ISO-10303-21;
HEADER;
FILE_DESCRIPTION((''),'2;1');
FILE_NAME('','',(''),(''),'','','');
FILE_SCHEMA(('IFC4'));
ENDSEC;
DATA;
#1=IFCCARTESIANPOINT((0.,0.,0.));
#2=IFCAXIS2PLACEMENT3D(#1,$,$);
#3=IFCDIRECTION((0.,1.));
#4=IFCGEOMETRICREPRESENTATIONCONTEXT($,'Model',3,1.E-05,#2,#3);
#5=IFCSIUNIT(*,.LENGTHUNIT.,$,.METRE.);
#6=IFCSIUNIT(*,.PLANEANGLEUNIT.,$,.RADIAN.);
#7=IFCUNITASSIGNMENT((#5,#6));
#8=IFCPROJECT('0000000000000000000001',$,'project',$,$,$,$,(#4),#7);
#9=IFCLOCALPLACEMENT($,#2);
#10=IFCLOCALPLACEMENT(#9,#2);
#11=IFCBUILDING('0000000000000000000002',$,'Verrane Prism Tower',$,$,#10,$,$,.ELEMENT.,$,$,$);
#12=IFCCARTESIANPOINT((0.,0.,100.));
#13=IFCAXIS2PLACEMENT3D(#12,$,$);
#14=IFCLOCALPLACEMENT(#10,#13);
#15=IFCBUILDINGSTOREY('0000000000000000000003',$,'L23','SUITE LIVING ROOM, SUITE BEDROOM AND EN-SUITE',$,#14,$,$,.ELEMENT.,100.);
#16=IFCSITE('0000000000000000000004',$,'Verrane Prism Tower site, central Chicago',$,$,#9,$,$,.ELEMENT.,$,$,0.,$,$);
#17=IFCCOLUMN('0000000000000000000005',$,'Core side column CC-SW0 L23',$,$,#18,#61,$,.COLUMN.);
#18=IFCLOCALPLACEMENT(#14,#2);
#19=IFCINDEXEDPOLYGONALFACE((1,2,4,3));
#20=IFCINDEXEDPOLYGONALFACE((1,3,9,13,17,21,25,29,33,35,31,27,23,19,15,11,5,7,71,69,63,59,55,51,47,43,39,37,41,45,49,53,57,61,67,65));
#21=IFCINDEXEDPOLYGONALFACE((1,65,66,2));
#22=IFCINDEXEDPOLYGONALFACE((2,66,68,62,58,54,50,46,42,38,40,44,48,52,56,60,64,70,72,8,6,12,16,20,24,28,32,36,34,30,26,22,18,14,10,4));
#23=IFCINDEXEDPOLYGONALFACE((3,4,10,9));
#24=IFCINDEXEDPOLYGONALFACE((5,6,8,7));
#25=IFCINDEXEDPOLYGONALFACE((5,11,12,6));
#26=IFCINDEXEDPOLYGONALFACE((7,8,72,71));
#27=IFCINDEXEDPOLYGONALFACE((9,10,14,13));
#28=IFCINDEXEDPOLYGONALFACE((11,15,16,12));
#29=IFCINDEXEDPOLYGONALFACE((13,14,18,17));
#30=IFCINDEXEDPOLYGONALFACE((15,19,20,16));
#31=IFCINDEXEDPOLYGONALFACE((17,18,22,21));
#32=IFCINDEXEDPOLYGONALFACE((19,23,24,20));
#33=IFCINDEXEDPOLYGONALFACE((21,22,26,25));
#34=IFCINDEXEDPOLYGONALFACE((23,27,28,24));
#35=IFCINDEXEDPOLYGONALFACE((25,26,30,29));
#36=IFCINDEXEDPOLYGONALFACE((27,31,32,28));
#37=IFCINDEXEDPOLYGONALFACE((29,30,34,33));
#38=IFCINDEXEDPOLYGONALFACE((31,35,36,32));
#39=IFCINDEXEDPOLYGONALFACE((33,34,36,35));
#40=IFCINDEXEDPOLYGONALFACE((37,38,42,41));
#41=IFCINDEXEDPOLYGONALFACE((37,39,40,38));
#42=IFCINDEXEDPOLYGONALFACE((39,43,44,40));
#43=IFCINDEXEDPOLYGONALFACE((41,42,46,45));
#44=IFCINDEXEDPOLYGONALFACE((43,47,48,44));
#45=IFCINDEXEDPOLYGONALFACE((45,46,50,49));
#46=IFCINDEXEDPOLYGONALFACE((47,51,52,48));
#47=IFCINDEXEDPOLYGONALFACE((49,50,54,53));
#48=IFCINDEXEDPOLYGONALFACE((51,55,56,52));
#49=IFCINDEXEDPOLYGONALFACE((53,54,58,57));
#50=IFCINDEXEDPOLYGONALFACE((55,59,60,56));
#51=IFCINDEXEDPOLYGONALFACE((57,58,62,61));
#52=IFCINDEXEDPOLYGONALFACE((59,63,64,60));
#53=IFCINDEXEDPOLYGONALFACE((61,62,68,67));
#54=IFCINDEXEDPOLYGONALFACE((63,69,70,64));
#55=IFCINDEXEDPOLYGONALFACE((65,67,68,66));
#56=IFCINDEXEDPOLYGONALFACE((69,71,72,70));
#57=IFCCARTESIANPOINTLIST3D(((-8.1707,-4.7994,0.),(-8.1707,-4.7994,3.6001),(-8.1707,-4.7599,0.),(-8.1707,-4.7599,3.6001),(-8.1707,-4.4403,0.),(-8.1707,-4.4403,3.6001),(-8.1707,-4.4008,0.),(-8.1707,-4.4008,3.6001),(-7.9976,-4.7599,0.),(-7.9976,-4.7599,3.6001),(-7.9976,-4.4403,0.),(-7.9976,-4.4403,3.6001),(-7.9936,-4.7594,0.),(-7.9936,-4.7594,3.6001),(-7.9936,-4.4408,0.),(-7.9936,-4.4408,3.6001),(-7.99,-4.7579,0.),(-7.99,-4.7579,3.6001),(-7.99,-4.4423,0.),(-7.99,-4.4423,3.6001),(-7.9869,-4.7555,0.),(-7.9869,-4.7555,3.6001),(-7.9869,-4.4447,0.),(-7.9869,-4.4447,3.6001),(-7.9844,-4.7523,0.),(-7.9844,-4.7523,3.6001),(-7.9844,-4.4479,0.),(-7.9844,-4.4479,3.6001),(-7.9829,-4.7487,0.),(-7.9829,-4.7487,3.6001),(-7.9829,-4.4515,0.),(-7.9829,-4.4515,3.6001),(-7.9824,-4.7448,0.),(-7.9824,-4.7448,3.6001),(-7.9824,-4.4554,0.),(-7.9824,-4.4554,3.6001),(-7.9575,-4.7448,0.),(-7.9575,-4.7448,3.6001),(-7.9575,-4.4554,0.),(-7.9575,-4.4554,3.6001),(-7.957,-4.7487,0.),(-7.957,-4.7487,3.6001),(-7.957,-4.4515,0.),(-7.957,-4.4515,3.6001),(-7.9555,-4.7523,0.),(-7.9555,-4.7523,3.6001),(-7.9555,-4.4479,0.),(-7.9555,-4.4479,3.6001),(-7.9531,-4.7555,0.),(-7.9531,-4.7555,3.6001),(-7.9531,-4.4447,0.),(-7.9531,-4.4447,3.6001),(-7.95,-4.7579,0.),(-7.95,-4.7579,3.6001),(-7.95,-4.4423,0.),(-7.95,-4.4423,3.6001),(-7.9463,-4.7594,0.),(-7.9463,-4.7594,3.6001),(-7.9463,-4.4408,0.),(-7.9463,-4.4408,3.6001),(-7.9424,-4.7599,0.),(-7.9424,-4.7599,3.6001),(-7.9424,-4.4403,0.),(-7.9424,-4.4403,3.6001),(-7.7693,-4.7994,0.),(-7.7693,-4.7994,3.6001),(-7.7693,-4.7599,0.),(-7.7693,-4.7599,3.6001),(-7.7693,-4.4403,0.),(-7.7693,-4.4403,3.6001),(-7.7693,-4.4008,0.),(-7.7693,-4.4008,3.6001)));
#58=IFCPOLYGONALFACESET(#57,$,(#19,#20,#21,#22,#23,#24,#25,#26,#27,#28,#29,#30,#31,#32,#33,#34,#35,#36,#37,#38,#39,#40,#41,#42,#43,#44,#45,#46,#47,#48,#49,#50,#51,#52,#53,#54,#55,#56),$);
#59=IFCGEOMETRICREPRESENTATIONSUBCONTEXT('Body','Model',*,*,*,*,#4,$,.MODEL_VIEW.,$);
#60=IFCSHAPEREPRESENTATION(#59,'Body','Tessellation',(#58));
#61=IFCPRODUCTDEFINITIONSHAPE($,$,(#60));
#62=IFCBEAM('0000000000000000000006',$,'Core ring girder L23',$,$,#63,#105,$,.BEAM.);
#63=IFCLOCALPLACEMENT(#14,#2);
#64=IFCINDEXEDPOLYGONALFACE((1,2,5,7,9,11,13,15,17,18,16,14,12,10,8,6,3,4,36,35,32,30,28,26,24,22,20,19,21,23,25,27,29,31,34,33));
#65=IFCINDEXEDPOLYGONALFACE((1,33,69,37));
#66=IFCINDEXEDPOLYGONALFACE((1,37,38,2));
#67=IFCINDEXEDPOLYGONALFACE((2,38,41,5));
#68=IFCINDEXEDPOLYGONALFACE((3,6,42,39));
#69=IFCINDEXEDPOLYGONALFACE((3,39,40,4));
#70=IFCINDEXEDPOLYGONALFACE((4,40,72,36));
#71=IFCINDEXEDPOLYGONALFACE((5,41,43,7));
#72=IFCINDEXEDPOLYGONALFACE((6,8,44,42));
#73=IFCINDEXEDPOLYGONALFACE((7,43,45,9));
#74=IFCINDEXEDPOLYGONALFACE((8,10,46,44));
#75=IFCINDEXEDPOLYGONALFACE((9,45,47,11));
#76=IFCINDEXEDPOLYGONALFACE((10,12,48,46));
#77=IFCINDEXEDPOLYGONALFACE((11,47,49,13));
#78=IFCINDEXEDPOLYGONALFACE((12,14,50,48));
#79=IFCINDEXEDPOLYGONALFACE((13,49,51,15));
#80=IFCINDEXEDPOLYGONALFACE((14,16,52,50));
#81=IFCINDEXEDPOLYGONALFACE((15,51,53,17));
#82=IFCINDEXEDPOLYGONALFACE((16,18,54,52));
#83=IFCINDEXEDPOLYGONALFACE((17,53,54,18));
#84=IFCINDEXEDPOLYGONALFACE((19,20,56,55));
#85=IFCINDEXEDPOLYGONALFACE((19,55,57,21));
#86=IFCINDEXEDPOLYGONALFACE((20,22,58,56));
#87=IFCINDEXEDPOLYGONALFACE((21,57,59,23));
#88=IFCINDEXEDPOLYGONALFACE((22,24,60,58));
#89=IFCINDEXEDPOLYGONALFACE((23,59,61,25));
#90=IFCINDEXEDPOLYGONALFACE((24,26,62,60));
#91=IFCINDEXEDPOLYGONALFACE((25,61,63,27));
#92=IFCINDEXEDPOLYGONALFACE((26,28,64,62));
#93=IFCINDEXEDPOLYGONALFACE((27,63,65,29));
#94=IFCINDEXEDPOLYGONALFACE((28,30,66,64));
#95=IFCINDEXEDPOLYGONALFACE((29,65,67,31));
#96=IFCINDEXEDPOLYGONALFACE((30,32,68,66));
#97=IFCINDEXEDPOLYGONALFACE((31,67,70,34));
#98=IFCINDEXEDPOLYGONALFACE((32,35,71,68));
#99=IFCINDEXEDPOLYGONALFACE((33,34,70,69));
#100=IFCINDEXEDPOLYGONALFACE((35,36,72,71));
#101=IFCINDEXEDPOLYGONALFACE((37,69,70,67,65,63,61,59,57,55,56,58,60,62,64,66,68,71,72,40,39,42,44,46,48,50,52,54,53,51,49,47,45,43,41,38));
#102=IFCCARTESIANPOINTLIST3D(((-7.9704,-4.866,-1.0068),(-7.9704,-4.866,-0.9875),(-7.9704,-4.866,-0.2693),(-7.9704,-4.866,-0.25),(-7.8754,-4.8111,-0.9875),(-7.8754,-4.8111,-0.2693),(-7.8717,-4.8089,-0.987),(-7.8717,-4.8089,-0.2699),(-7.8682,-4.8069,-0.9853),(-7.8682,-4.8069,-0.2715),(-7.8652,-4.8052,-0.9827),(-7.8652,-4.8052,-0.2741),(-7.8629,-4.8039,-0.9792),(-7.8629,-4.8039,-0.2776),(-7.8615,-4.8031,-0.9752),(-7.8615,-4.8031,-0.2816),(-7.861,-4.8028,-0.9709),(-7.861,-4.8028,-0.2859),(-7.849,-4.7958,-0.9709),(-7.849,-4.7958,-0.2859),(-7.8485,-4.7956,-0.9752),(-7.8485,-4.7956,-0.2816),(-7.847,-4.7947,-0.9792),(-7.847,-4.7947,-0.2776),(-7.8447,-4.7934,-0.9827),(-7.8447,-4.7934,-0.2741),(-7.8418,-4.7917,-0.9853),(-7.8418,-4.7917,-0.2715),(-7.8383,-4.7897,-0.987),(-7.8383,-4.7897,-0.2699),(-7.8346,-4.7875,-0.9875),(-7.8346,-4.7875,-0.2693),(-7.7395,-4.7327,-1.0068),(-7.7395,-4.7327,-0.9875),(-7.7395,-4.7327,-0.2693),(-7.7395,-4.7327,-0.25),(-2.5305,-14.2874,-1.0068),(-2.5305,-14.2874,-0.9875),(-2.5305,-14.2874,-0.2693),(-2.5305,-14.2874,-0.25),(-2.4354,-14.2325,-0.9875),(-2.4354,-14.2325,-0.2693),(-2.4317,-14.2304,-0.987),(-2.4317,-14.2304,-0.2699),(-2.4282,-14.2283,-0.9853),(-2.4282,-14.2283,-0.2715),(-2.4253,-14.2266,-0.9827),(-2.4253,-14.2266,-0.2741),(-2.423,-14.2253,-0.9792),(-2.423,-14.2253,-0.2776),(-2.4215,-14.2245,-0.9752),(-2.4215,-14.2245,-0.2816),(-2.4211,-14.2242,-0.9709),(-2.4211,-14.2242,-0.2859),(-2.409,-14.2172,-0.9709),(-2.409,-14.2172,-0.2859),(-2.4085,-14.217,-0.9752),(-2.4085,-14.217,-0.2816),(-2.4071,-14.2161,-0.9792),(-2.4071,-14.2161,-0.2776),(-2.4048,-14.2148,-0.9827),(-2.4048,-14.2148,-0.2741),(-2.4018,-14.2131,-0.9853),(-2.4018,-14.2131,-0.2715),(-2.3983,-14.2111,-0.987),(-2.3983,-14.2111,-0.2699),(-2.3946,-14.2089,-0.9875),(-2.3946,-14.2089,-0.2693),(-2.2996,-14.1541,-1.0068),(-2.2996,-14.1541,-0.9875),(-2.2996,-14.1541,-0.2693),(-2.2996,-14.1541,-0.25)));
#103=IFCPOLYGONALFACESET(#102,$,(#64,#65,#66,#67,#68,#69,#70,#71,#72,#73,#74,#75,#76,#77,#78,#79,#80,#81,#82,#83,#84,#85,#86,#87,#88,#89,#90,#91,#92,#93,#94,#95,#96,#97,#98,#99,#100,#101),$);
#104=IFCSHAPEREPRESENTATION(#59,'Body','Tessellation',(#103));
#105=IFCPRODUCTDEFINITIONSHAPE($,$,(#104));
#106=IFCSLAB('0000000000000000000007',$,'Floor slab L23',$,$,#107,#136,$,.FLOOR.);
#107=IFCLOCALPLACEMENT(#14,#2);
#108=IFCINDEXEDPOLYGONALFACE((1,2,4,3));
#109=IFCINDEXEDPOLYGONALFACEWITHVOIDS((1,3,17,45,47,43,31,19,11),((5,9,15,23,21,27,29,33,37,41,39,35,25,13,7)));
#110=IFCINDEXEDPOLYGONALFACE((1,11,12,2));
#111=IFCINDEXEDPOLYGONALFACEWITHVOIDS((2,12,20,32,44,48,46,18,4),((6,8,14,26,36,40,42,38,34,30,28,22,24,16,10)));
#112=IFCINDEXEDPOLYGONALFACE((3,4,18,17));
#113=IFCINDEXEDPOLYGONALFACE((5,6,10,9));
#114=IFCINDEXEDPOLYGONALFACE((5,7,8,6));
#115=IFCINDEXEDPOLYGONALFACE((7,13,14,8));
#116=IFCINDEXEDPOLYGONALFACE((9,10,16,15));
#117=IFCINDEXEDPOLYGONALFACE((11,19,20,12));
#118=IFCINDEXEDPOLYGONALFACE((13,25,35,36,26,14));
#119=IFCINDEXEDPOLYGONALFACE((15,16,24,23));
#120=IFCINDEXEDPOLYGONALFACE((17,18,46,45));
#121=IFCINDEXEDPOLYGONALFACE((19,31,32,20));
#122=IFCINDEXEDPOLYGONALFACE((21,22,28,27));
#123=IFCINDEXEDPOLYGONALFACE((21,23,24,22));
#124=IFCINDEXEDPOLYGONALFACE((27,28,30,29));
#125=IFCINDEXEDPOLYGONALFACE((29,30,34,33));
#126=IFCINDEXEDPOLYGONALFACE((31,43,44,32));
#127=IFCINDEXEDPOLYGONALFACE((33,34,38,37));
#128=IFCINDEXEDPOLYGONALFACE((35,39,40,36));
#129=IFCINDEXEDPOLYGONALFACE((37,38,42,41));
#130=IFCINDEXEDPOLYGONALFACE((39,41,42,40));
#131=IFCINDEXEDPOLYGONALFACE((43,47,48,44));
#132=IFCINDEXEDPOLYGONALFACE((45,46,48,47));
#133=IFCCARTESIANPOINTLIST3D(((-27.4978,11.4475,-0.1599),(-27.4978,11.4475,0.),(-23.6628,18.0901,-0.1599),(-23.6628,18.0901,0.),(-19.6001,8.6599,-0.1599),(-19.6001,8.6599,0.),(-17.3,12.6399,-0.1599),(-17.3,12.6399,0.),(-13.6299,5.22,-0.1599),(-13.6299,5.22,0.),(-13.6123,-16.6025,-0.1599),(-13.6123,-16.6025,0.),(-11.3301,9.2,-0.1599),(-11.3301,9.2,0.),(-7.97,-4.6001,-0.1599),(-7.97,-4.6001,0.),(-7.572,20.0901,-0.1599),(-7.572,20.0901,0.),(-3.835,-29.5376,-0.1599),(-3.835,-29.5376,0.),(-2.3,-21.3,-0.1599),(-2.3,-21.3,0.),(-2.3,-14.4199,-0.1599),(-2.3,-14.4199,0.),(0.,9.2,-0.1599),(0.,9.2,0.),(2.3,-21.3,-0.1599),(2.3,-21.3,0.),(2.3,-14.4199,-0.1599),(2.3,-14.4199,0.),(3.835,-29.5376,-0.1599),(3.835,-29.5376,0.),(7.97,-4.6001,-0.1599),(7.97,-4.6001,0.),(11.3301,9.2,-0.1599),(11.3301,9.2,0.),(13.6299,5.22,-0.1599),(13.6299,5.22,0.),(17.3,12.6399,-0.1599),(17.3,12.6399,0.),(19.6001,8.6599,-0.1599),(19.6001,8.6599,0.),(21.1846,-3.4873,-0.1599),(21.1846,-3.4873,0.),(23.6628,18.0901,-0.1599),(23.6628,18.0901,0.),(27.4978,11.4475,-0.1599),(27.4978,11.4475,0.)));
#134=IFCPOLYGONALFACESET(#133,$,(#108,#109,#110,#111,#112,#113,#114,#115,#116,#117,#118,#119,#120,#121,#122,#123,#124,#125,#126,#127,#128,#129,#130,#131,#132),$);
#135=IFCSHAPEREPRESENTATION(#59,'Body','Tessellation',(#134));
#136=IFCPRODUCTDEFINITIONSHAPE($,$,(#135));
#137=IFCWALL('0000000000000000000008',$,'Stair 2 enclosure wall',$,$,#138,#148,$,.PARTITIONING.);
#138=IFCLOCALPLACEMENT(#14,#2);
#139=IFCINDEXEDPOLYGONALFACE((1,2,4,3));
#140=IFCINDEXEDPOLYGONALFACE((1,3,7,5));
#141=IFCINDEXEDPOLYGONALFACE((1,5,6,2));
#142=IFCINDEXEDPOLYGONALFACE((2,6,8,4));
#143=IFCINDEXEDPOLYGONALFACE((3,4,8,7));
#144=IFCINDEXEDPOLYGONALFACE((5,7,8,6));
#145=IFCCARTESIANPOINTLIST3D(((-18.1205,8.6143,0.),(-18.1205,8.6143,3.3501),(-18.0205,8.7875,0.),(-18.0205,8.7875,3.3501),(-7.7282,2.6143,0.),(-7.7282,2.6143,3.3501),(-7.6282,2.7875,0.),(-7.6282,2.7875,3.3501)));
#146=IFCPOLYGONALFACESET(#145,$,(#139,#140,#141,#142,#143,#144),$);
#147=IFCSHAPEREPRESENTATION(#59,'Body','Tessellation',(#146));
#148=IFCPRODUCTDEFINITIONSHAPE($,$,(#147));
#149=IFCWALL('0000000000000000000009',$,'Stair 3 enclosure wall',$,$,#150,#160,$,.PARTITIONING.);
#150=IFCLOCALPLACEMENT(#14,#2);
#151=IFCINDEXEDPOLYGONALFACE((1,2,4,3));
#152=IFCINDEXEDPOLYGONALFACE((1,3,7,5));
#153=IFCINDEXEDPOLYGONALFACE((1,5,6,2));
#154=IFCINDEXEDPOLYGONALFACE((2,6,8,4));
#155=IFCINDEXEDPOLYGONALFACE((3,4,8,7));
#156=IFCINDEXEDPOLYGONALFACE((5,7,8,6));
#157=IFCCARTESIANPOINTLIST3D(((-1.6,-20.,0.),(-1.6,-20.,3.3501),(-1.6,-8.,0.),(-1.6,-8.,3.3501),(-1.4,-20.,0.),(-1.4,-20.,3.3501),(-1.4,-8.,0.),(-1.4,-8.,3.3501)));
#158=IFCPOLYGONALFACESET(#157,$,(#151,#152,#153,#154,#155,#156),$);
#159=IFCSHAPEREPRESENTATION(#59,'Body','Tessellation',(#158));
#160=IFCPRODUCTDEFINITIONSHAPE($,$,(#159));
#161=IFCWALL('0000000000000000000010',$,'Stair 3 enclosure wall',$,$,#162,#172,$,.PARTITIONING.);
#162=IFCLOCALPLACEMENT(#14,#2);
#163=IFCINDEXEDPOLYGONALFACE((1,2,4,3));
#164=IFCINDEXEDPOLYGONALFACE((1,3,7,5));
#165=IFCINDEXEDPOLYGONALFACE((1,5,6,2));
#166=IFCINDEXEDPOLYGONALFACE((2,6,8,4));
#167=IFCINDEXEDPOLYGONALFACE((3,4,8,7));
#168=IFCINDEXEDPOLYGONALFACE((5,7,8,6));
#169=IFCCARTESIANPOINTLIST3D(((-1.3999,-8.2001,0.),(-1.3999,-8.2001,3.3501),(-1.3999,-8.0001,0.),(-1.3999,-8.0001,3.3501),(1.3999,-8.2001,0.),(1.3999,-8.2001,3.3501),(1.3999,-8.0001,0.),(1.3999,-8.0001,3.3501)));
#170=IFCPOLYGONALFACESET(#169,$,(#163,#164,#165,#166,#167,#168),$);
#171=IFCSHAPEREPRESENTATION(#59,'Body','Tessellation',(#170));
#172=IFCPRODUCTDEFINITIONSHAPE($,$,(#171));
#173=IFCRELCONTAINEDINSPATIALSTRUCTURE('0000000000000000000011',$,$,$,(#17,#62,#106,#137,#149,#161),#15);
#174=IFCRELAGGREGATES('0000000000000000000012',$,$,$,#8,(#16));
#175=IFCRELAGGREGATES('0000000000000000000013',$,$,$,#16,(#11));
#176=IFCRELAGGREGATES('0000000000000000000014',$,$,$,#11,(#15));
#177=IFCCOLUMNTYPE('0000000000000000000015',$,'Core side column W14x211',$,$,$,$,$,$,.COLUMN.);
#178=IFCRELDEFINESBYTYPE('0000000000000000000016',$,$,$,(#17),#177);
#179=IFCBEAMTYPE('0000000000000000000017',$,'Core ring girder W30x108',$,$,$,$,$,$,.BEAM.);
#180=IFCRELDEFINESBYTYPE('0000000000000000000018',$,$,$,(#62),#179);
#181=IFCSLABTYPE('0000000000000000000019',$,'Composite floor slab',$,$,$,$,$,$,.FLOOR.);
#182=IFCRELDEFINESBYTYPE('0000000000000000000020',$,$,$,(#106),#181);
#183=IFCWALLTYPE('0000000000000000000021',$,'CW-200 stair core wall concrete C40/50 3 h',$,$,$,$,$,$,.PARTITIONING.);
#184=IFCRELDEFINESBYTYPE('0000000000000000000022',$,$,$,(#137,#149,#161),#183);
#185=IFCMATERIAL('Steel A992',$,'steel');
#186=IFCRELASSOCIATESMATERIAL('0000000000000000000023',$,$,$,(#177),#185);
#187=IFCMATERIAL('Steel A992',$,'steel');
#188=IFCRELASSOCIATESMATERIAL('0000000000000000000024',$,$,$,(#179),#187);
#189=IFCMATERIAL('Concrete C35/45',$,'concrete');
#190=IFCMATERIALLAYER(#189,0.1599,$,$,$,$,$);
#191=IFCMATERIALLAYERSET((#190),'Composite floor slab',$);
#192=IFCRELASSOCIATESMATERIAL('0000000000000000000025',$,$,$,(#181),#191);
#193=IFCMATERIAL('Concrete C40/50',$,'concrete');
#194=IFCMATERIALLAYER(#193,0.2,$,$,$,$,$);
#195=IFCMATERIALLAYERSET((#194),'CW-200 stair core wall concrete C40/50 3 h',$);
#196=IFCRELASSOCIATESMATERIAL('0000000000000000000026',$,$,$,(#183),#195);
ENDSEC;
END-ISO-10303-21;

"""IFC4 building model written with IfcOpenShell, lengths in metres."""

from ifc_helpers import new_model, si_unit, direction, frame, frame_2d, origin, origin_2d, place, context, subcontext, project, spatial, polyline, rectangle, i_section, outline, extrude, material, layer, layer_set, material_profile, profile_set, type_object, element, save


model = new_model("IFC4")

# Units and contexts
model_context = context("Model", 3, precision=1e-05, world=origin(), true_north=direction((0.0, 1.0)))
body_context = subcontext(model_context, "Body", "Model", "MODEL_VIEW")
ifc_project = project(units=[si_unit("LENGTHUNIT", "METRE"), si_unit("PLANEANGLEUNIT", "RADIAN")], contexts=[model_context])

# Site, building, storey
site_placement = place(None, origin())
site = spatial("IfcSite", under=ifc_project, at=site_placement, Name="Verrane Prism Tower site, central Chicago", CompositionType="ELEMENT", RefElevation=0.0)
building_placement = place(site_placement, origin())
building = spatial("IfcBuilding", under=site, at=building_placement, Name="Verrane Prism Tower", CompositionType="ELEMENT")
storey_placement = place(building_placement, frame((0.0, 0.0, 100.0)))
storey = spatial("IfcBuildingStorey", under=building, at=storey_placement, Name="L23", Description="SUITE LIVING ROOM, SUITE BEDROOM AND EN-SUITE", CompositionType="ELEMENT", Elevation=100.0)

# Column
ifc_material_1 = material(Name="Steel A992", Category="steel")
ifc_material_profile_1 = material_profile(ifc_material_1, i_section(OverallWidth=0.4014, OverallDepth=0.3987, WebThickness=0.0249, FlangeThickness=0.0396, FilletRadius=0.0151, at=origin_2d()), Name="W14x211")
ifc_profile_set_1 = profile_set([ifc_material_profile_1], Name="Steel A992")
column_type = type_object("IfcColumnType", Name="Core side column W14x211", PredefinedType="COLUMN", material=ifc_profile_set_1)
column_placement = place(storey_placement, frame((-7.97, -4.6001, 0.0), z_axis=(0.0, 0.0, 1.0), x_axis=(1.0, 0.0, 0.0)))
element("IfcColumn", 1, at=column_placement, inside=storey, type_object=column_type, Name="Core side column CC-SW0 L23", PredefinedType="COLUMN", context=body_context, shape_type="SweptSolid", body=[
    extrude(i_section(OverallWidth=0.4014, OverallDepth=0.3987, WebThickness=0.0249, FlangeThickness=0.0396, FilletRadius=0.0151, at=origin_2d()), origin(), (0.0, 0.0, 1.0), 3.6001),
])

# Beam
ifc_material_2 = material(Name="Steel A992", Category="steel")
ifc_material_profile_2 = material_profile(ifc_material_2, i_section(OverallWidth=0.2666, OverallDepth=0.7568, WebThickness=0.0139, FlangeThickness=0.0193, FilletRadius=0.0166, at=origin_2d()), Name="W30x108")
ifc_profile_set_2 = profile_set([ifc_material_profile_2], Name="Steel A992")
beam_type = type_object("IfcBeamType", Name="Core ring girder W30x108", PredefinedType="BEAM", material=ifc_profile_set_2)
beam_placement = place(storey_placement, frame((-7.855, -4.7993, -0.6284), z_axis=(0.500035, -0.866005, 0.0), x_axis=(0.866005, 0.500035, 0.0)))
element("IfcBeam", 2, at=beam_placement, inside=storey, type_object=beam_type, Name="Core ring girder L23", PredefinedType="BEAM", context=body_context, shape_type="SweptSolid", body=[
    extrude(i_section(OverallWidth=0.2666, OverallDepth=0.7568, WebThickness=0.0139, FlangeThickness=0.0193, FilletRadius=0.0166, at=origin_2d()), origin(), (0.0, 0.0, 1.0), 10.8792),
])

# Slab
ifc_material_3 = material(Name="Concrete C35/45", Category="concrete")
ifc_layer_1 = layer(ifc_material_3, 0.1599)
ifc_layer_set_1 = layer_set([ifc_layer_1], Name="Composite floor slab")
slab_type = type_object("IfcSlabType", Name="Composite floor slab", PredefinedType="FLOOR", material=ifc_layer_set_1)
slab_placement = place(storey_placement, frame((0.0, 0.0, -0.1599)))
element("IfcSlab", 3, at=slab_placement, inside=storey, type_object=slab_type, Name="Floor slab L23", PredefinedType="FLOOR", context=body_context, shape_type="SweptSolid", body=[
    extrude(outline(polyline([(21.1846, -3.4873), (3.835, -29.5376), (-3.835, -29.5376), (-13.6123, -16.6025), (-27.4978, 11.4475), (-23.6628, 18.0901), (-7.572, 20.0901), (23.6628, 18.0901), (27.4978, 11.4475), (21.1846, -3.4873)]), holes=[polyline([(19.6001, 8.6599), (17.3, 12.6399), (11.3301, 9.2), (0.0, 9.2), (-11.3301, 9.2), (-17.3, 12.6399), (-19.6001, 8.6599), (-13.6299, 5.22), (-7.97, -4.6001), (-2.3, -14.4199), (-2.3, -21.3), (2.3, -21.3), (2.3, -14.4199), (7.97, -4.6001), (13.6299, 5.22), (19.6001, 8.6599)])]), origin(), (0.0, 0.0, 1.0), 0.1599),
])

# Walls
ifc_material_4 = material(Name="Concrete C40/50", Category="concrete")
ifc_layer_2 = layer(ifc_material_4, 0.2)
ifc_layer_set_2 = layer_set([ifc_layer_2], Name="CW-200 stair core wall concrete C40/50 3 h")
wall_type_1 = type_object("IfcWallType", Name="CW-200 stair core wall concrete C40/50 3 h", PredefinedType="PARTITIONING", material=ifc_layer_set_2)
for number, where, z_axis, x_axis, name in (
    (4, (-7.6782, 2.7009, 0.0), (0.0, 0.0, 1.0), (-0.866026, 0.499999, 0.0), "Stair 2 enclosure wall"),
    (5, (-1.5, -8.0, 0.0), (0.0, 0.0, 1.0), (0.0, -1.0, 0.0), "Stair 3 enclosure wall"),
):
    element("IfcWall", number, at=place(storey_placement, frame(where, z_axis=z_axis, x_axis=x_axis)), inside=storey, type_object=wall_type_1, Name=name, PredefinedType="PARTITIONING", context=body_context, shape_type="SweptSolid", body=[
        extrude(rectangle(XDim=12.0, YDim=0.2, at=frame_2d((6.0, 0.0))), origin(), (0.0, 0.0, 1.0), 3.3501),
    ])
wall_1_placement = place(storey_placement, frame((-1.3999, -8.1001, 0.0), z_axis=(0.0, 0.0, 1.0), x_axis=(1.0, 0.0, 0.0)))
element("IfcWall", 6, at=wall_1_placement, inside=storey, type_object=wall_type_1, Name="Stair 3 enclosure wall", PredefinedType="PARTITIONING", context=body_context, shape_type="SweptSolid", body=[
    extrude(rectangle(XDim=2.7998, YDim=0.2, at=frame_2d((1.3999, 0.0))), origin(), (0.0, 0.0, 1.0), 3.3501),
])

save(model, "model.ifc")
